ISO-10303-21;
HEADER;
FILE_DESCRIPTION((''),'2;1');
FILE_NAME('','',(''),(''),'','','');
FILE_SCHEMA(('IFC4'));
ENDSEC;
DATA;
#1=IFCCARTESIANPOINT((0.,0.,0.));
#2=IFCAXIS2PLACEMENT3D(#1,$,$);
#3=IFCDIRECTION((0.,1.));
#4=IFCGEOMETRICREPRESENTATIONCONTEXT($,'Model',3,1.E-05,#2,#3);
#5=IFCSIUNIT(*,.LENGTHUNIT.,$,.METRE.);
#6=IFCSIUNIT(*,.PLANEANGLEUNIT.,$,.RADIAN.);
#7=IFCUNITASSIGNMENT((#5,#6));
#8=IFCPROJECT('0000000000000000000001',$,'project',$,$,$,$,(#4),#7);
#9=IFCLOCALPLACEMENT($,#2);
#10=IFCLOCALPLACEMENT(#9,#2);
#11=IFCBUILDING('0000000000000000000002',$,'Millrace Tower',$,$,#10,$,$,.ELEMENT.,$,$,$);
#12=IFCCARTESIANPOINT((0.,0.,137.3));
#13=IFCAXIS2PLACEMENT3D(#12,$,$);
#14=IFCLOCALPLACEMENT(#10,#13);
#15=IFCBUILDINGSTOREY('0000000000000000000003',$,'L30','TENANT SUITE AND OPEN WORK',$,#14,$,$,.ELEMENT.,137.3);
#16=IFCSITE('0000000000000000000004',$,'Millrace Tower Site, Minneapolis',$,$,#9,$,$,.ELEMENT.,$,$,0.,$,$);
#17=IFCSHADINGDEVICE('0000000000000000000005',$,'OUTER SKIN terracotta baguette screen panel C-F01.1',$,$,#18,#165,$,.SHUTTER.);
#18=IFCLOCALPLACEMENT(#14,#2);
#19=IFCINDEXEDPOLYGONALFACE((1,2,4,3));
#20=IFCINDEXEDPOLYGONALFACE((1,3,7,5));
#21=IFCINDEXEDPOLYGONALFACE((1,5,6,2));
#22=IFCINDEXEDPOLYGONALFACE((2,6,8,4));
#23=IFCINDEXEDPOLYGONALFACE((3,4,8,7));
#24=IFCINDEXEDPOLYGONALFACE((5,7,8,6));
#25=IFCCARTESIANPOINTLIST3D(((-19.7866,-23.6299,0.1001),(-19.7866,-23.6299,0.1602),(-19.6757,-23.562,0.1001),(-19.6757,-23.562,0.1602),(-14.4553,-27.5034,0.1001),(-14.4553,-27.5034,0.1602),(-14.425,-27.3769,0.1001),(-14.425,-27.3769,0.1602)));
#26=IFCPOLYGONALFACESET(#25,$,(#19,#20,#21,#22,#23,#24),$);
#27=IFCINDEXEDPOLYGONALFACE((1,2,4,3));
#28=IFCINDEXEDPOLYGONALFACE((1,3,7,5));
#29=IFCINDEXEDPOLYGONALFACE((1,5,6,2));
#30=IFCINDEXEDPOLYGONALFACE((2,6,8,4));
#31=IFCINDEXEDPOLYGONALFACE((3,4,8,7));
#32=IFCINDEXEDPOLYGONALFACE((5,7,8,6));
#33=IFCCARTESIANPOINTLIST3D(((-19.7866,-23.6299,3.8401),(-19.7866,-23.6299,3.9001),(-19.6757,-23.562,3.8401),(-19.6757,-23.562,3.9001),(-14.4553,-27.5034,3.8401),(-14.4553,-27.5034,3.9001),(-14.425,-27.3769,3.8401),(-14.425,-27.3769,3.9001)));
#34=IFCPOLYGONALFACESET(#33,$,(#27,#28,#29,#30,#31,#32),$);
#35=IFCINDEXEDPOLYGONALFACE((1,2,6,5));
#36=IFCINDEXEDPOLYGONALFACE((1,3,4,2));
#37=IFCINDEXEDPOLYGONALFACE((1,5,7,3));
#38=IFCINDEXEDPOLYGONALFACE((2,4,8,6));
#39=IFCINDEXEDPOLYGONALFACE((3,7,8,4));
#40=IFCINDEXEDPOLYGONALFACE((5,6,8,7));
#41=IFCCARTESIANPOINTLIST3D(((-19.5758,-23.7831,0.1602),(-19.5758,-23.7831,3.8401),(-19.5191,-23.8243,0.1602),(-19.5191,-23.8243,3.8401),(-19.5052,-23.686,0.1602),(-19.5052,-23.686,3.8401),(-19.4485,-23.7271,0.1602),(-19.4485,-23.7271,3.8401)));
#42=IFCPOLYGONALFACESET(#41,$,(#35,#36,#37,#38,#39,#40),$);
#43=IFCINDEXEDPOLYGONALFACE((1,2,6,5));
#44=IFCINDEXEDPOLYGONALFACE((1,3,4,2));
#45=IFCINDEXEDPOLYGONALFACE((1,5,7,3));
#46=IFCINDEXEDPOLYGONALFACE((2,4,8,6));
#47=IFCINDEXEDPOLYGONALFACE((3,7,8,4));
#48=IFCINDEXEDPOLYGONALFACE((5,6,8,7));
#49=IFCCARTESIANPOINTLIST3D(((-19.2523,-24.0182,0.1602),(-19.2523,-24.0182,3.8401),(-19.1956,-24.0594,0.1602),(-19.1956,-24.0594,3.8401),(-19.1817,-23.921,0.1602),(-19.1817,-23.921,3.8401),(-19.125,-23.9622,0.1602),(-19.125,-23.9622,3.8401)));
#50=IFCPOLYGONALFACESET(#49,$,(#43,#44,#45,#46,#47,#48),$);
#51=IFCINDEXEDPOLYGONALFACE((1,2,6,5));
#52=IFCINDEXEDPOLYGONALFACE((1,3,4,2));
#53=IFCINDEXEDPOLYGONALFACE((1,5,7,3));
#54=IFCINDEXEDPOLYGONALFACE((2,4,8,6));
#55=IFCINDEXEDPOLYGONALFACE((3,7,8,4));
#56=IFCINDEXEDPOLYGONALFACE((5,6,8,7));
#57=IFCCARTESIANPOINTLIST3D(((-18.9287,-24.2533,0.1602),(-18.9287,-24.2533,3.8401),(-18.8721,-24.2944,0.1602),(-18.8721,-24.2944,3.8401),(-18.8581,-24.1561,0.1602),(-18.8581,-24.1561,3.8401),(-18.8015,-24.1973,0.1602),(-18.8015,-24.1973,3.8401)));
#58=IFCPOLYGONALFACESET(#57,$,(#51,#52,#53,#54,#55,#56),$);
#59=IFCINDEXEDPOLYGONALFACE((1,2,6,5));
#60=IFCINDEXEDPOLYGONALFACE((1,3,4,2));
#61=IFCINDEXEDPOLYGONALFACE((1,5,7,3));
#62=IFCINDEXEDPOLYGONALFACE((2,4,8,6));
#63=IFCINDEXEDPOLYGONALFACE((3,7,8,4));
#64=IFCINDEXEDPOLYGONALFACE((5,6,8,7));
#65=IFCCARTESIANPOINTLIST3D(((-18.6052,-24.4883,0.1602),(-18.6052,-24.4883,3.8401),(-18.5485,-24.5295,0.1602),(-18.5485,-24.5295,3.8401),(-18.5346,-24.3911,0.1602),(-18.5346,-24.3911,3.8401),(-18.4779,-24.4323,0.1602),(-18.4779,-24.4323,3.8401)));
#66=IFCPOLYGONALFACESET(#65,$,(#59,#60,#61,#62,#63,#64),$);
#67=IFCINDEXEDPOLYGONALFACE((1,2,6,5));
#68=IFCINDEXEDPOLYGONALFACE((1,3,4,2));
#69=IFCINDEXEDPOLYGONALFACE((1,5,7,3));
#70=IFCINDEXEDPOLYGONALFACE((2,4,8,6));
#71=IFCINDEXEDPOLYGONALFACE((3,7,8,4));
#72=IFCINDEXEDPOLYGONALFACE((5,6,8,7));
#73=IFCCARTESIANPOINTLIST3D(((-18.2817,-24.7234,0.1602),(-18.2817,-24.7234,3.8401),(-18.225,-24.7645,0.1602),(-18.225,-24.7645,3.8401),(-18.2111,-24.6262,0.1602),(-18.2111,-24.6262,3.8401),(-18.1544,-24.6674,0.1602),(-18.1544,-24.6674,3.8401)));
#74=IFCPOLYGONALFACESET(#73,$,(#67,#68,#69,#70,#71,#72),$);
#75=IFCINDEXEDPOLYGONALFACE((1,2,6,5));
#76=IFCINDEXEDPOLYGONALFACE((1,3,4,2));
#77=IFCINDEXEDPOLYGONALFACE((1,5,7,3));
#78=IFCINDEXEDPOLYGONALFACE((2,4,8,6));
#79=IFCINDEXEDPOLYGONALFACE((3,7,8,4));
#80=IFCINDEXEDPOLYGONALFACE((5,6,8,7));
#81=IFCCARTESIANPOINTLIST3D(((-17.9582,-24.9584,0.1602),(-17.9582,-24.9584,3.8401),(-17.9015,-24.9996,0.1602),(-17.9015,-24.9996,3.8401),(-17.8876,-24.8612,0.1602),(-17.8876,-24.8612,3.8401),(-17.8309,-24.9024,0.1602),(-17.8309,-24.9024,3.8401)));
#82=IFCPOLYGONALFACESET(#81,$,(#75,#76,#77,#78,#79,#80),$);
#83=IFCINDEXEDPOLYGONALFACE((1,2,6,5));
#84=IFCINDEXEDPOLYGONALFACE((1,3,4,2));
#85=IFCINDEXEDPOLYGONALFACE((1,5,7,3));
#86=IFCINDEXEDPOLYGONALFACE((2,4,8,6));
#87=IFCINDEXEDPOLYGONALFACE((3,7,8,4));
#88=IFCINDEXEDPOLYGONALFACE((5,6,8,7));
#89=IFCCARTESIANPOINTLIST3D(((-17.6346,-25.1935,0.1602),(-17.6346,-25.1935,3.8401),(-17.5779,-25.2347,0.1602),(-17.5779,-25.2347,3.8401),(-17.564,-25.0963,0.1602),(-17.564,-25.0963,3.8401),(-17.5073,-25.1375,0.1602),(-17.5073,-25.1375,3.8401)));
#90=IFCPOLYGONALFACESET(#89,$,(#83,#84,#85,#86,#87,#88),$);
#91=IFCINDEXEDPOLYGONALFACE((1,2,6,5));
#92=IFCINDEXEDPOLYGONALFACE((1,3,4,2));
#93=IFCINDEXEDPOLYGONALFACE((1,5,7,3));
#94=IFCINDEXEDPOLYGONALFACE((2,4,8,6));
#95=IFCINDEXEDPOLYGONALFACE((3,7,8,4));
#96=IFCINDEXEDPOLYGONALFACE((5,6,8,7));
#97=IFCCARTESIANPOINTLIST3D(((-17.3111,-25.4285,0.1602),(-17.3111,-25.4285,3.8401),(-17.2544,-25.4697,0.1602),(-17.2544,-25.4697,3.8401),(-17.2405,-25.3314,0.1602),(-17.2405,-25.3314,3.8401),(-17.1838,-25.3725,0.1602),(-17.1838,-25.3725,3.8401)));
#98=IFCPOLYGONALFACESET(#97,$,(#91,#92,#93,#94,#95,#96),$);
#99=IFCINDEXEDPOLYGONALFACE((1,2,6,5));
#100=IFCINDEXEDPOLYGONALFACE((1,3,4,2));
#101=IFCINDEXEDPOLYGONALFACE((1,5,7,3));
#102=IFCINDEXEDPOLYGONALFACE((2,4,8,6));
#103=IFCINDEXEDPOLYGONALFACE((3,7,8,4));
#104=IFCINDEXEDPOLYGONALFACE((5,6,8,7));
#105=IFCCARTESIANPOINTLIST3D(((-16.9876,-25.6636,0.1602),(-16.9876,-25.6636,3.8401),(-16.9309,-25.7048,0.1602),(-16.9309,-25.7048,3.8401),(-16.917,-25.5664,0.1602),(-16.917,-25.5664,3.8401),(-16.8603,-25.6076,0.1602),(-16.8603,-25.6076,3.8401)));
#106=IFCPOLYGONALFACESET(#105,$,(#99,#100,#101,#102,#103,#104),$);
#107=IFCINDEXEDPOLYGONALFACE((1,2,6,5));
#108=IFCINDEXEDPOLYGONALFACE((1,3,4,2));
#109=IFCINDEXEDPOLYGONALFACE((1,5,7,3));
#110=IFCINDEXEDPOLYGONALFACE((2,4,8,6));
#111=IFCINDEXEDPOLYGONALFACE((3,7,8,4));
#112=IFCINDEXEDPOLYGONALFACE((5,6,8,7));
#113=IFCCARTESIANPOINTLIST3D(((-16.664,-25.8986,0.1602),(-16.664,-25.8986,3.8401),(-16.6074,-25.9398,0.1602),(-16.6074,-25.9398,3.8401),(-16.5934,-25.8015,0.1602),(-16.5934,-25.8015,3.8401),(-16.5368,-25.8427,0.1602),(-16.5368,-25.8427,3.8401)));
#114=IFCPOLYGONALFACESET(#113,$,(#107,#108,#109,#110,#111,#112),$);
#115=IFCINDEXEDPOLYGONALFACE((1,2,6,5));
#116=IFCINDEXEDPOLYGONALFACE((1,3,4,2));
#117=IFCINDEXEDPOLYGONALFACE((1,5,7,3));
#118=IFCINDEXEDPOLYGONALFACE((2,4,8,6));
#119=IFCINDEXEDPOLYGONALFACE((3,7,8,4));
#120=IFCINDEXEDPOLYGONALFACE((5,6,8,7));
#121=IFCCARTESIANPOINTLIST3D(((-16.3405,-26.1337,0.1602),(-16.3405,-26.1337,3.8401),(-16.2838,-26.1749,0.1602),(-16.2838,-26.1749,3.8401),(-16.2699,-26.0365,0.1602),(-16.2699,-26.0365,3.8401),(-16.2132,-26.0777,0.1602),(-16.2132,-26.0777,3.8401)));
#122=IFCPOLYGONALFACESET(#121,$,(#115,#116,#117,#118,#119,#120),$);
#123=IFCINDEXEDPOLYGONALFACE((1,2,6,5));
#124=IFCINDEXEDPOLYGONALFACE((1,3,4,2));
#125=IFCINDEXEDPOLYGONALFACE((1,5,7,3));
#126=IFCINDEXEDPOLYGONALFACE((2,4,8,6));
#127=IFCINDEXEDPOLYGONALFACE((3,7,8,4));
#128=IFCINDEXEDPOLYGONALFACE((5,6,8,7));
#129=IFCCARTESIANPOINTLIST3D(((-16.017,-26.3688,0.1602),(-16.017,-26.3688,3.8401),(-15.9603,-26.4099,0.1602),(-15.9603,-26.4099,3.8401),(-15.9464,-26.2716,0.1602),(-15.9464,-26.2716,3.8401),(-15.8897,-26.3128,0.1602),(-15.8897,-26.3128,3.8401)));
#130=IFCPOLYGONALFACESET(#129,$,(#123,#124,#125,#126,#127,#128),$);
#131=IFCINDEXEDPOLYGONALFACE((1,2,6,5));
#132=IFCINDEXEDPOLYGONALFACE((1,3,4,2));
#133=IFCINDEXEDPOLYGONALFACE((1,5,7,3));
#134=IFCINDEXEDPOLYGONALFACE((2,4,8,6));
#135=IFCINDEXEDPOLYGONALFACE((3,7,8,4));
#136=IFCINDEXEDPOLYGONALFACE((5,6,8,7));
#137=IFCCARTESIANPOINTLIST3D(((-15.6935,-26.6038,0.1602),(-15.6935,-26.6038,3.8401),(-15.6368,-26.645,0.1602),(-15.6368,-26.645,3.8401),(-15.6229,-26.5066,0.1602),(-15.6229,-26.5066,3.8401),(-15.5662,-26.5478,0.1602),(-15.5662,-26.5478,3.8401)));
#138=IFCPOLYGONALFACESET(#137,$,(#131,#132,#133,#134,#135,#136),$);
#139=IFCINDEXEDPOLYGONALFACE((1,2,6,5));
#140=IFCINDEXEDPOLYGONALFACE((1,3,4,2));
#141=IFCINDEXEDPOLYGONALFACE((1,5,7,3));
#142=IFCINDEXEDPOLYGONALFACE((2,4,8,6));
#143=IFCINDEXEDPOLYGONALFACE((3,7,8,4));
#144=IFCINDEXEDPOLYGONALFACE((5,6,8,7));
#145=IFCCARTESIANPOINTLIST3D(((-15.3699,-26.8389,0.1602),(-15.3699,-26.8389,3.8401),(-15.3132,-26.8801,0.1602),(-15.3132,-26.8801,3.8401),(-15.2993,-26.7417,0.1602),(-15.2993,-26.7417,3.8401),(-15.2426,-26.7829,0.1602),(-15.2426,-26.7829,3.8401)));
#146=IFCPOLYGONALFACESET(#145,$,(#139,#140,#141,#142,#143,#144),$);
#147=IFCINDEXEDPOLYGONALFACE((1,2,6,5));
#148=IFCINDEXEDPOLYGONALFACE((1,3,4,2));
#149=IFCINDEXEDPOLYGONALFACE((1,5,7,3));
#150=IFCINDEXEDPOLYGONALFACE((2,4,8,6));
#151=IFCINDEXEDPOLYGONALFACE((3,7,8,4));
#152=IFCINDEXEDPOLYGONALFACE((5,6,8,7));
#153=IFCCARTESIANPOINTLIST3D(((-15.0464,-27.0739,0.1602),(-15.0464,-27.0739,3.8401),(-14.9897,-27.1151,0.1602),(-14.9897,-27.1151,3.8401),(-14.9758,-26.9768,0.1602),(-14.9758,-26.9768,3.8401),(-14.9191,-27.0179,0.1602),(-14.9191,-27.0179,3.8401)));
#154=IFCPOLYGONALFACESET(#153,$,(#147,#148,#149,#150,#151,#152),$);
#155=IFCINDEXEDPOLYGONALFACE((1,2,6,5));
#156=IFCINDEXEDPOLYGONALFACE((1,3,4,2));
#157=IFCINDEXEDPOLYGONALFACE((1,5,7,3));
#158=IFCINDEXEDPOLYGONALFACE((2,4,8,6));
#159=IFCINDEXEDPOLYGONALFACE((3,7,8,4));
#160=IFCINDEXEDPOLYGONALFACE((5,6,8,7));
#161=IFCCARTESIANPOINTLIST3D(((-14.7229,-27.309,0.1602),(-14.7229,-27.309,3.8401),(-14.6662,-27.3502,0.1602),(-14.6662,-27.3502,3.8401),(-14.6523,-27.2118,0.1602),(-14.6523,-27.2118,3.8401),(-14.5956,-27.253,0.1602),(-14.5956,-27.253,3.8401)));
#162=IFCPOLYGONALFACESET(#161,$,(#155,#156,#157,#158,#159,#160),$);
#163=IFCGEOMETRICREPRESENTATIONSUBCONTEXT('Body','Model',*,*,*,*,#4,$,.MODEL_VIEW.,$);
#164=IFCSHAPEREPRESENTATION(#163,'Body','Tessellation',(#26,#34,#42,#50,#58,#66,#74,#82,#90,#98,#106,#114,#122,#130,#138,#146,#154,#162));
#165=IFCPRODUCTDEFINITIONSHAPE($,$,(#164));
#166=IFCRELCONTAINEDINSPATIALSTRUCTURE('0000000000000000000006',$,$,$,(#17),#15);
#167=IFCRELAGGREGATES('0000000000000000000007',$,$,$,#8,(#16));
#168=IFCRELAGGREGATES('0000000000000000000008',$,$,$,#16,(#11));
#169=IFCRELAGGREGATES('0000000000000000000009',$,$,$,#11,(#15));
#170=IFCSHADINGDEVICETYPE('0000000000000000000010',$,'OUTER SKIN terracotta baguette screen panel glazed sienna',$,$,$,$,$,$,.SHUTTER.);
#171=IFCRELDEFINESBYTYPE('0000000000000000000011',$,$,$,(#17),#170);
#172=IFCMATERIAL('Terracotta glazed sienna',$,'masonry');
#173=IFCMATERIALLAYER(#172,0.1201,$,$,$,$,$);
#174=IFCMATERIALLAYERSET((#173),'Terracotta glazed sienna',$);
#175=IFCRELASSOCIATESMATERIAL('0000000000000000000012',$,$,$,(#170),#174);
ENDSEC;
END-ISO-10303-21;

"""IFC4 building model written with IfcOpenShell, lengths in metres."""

from ifc_helpers import new_model, entity, si_unit, direction, frame, frame_2d, origin, place, context, subcontext, project, spatial, rectangle, extrude, source, transform, mapped, material, layer, layer_set, type_object, element, save


model = new_model("IFC4")

# Units and contexts
model_context = context("Model", 3, precision=1e-05, world=origin(), true_north=direction((0.0, 1.0)))
body_context = subcontext(model_context, "Body", "Model", "MODEL_VIEW")
ifc_project = project(units=[si_unit("LENGTHUNIT", "METRE"), si_unit("PLANEANGLEUNIT", "RADIAN")], contexts=[model_context])

# Site, building, storey
site_placement = place(None, origin())
site = spatial("IfcSite", under=ifc_project, at=site_placement, Name="Millrace Tower Site, Minneapolis", CompositionType="ELEMENT", RefElevation=0.0)
building_placement = place(site_placement, origin())
building = spatial("IfcBuilding", under=site, at=building_placement, Name="Millrace Tower", CompositionType="ELEMENT")
storey_placement = place(building_placement, frame((0.0, 0.0, 137.3)))
storey = spatial("IfcBuildingStorey", under=building, at=storey_placement, Name="L30", Description="TENANT SUITE AND OPEN WORK", CompositionType="ELEMENT", Elevation=137.3)

# Shading device
ifc_material_1 = material(Name="Terracotta glazed sienna", Category="masonry")
ifc_layer_1 = layer(ifc_material_1, 0.1201)
ifc_layer_set_1 = layer_set([ifc_layer_1], Name="Terracotta glazed sienna")
shading_device_type = type_object("IfcShadingDeviceType", Name="OUTER SKIN terracotta baguette screen panel glazed sienna", PredefinedType="SHUTTER", material=ifc_layer_set_1)
cartesian_point_1 = entity("IfcCartesianPoint", [-3.2451, 0.0601])
shared_polyline_1 = entity("IfcPolyline", [cartesian_point_1, entity("IfcCartesianPoint", [3.2451, 0.0601]), entity("IfcCartesianPoint", [3.2949, -0.0601]), entity("IfcCartesianPoint", [-3.2949, -0.0601]), cartesian_point_1])
shared_shape_1 = source(origin(), body_context, "Body", "SweptSolid", [
    entity("IfcExtrudedAreaSolid", entity("IfcArbitraryClosedProfileDef", "AREA", None, shared_polyline_1), entity("IfcAxis2Placement3D", entity("IfcCartesianPoint", [0.0, 0.0, 0.0])), entity("IfcDirection", [0.0, 0.0, 1.0]), 0.0601),
    entity("IfcExtrudedAreaSolid", entity("IfcArbitraryClosedProfileDef", "AREA", None, shared_polyline_1), entity("IfcAxis2Placement3D", entity("IfcCartesianPoint", [0.0, 0.0, 3.74])), entity("IfcDirection", [0.0, 0.0, 1.0]), 0.0601),
    extrude(rectangle(XDim=0.0701, YDim=0.1201, at=frame_2d((-2.9993, 0.0))), frame((0.0, 0.0, 0.0601)), (0.0, 0.0, 1.0), 3.6799),
    extrude(rectangle(XDim=0.0701, YDim=0.1201, at=frame_2d((-2.5994, 0.0))), frame((0.0, 0.0, 0.0601)), (0.0, 0.0, 1.0), 3.6799),
    extrude(rectangle(XDim=0.0701, YDim=0.1201, at=frame_2d((-2.1995, 0.0))), frame((0.0, 0.0, 0.0601)), (0.0, 0.0, 1.0), 3.6799),
    extrude(rectangle(XDim=0.0701, YDim=0.1201, at=frame_2d((-1.7996, 0.0))), frame((0.0, 0.0, 0.0601)), (0.0, 0.0, 1.0), 3.6799),
    extrude(rectangle(XDim=0.0701, YDim=0.1201, at=frame_2d((-1.3997, 0.0))), frame((0.0, 0.0, 0.0601)), (0.0, 0.0, 1.0), 3.6799),
    extrude(rectangle(XDim=0.0701, YDim=0.1201, at=frame_2d((-0.9998, 0.0))), frame((0.0, 0.0, 0.0601)), (0.0, 0.0, 1.0), 3.6799),
    extrude(rectangle(XDim=0.0701, YDim=0.1201, at=frame_2d((-0.5999, 0.0))), frame((0.0, 0.0, 0.0601)), (0.0, 0.0, 1.0), 3.6799),
    extrude(rectangle(XDim=0.0701, YDim=0.1201, at=frame_2d((-0.2, 0.0))), frame((0.0, 0.0, 0.0601)), (0.0, 0.0, 1.0), 3.6799),
    extrude(rectangle(XDim=0.0701, YDim=0.1201, at=frame_2d((0.2, 0.0))), frame((0.0, 0.0, 0.0601)), (0.0, 0.0, 1.0), 3.6799),
    extrude(rectangle(XDim=0.0701, YDim=0.1201, at=frame_2d((0.5999, 0.0))), frame((0.0, 0.0, 0.0601)), (0.0, 0.0, 1.0), 3.6799),
    extrude(rectangle(XDim=0.0701, YDim=0.1201, at=frame_2d((0.9998, 0.0))), frame((0.0, 0.0, 0.0601)), (0.0, 0.0, 1.0), 3.6799),
    extrude(rectangle(XDim=0.0701, YDim=0.1201, at=frame_2d((1.3997, 0.0))), frame((0.0, 0.0, 0.0601)), (0.0, 0.0, 1.0), 3.6799),
    extrude(rectangle(XDim=0.0701, YDim=0.1201, at=frame_2d((1.7996, 0.0))), frame((0.0, 0.0, 0.0601)), (0.0, 0.0, 1.0), 3.6799),
    extrude(rectangle(XDim=0.0701, YDim=0.1201, at=frame_2d((2.1995, 0.0))), frame((0.0, 0.0, 0.0601)), (0.0, 0.0, 1.0), 3.6799),
    extrude(rectangle(XDim=0.0701, YDim=0.1201, at=frame_2d((2.5994, 0.0))), frame((0.0, 0.0, 0.0601)), (0.0, 0.0, 1.0), 3.6799),
    extrude(rectangle(XDim=0.0701, YDim=0.1201, at=frame_2d((2.9993, 0.0))), frame((0.0, 0.0, 0.0601)), (0.0, 0.0, 1.0), 3.6799),
])
shading_device_1_placement = place(storey_placement, frame((-17.0857, -25.5181, 0.1001), z_axis=(0.0, 0.0, 1.0), x_axis=(0.809017, -0.587785, 0.0)))
element("IfcShadingDevice", 1, at=shading_device_1_placement, inside=storey, type_object=shading_device_type, Name="OUTER SKIN terracotta baguette screen panel C-F01.1", PredefinedType="SHUTTER", context=body_context, shape_type="MappedRepresentation", body=[
    mapped(shared_shape_1, transform((0.0, 0.0, 0.0), scale=1.0)),
])

save(model, "model.ifc")
